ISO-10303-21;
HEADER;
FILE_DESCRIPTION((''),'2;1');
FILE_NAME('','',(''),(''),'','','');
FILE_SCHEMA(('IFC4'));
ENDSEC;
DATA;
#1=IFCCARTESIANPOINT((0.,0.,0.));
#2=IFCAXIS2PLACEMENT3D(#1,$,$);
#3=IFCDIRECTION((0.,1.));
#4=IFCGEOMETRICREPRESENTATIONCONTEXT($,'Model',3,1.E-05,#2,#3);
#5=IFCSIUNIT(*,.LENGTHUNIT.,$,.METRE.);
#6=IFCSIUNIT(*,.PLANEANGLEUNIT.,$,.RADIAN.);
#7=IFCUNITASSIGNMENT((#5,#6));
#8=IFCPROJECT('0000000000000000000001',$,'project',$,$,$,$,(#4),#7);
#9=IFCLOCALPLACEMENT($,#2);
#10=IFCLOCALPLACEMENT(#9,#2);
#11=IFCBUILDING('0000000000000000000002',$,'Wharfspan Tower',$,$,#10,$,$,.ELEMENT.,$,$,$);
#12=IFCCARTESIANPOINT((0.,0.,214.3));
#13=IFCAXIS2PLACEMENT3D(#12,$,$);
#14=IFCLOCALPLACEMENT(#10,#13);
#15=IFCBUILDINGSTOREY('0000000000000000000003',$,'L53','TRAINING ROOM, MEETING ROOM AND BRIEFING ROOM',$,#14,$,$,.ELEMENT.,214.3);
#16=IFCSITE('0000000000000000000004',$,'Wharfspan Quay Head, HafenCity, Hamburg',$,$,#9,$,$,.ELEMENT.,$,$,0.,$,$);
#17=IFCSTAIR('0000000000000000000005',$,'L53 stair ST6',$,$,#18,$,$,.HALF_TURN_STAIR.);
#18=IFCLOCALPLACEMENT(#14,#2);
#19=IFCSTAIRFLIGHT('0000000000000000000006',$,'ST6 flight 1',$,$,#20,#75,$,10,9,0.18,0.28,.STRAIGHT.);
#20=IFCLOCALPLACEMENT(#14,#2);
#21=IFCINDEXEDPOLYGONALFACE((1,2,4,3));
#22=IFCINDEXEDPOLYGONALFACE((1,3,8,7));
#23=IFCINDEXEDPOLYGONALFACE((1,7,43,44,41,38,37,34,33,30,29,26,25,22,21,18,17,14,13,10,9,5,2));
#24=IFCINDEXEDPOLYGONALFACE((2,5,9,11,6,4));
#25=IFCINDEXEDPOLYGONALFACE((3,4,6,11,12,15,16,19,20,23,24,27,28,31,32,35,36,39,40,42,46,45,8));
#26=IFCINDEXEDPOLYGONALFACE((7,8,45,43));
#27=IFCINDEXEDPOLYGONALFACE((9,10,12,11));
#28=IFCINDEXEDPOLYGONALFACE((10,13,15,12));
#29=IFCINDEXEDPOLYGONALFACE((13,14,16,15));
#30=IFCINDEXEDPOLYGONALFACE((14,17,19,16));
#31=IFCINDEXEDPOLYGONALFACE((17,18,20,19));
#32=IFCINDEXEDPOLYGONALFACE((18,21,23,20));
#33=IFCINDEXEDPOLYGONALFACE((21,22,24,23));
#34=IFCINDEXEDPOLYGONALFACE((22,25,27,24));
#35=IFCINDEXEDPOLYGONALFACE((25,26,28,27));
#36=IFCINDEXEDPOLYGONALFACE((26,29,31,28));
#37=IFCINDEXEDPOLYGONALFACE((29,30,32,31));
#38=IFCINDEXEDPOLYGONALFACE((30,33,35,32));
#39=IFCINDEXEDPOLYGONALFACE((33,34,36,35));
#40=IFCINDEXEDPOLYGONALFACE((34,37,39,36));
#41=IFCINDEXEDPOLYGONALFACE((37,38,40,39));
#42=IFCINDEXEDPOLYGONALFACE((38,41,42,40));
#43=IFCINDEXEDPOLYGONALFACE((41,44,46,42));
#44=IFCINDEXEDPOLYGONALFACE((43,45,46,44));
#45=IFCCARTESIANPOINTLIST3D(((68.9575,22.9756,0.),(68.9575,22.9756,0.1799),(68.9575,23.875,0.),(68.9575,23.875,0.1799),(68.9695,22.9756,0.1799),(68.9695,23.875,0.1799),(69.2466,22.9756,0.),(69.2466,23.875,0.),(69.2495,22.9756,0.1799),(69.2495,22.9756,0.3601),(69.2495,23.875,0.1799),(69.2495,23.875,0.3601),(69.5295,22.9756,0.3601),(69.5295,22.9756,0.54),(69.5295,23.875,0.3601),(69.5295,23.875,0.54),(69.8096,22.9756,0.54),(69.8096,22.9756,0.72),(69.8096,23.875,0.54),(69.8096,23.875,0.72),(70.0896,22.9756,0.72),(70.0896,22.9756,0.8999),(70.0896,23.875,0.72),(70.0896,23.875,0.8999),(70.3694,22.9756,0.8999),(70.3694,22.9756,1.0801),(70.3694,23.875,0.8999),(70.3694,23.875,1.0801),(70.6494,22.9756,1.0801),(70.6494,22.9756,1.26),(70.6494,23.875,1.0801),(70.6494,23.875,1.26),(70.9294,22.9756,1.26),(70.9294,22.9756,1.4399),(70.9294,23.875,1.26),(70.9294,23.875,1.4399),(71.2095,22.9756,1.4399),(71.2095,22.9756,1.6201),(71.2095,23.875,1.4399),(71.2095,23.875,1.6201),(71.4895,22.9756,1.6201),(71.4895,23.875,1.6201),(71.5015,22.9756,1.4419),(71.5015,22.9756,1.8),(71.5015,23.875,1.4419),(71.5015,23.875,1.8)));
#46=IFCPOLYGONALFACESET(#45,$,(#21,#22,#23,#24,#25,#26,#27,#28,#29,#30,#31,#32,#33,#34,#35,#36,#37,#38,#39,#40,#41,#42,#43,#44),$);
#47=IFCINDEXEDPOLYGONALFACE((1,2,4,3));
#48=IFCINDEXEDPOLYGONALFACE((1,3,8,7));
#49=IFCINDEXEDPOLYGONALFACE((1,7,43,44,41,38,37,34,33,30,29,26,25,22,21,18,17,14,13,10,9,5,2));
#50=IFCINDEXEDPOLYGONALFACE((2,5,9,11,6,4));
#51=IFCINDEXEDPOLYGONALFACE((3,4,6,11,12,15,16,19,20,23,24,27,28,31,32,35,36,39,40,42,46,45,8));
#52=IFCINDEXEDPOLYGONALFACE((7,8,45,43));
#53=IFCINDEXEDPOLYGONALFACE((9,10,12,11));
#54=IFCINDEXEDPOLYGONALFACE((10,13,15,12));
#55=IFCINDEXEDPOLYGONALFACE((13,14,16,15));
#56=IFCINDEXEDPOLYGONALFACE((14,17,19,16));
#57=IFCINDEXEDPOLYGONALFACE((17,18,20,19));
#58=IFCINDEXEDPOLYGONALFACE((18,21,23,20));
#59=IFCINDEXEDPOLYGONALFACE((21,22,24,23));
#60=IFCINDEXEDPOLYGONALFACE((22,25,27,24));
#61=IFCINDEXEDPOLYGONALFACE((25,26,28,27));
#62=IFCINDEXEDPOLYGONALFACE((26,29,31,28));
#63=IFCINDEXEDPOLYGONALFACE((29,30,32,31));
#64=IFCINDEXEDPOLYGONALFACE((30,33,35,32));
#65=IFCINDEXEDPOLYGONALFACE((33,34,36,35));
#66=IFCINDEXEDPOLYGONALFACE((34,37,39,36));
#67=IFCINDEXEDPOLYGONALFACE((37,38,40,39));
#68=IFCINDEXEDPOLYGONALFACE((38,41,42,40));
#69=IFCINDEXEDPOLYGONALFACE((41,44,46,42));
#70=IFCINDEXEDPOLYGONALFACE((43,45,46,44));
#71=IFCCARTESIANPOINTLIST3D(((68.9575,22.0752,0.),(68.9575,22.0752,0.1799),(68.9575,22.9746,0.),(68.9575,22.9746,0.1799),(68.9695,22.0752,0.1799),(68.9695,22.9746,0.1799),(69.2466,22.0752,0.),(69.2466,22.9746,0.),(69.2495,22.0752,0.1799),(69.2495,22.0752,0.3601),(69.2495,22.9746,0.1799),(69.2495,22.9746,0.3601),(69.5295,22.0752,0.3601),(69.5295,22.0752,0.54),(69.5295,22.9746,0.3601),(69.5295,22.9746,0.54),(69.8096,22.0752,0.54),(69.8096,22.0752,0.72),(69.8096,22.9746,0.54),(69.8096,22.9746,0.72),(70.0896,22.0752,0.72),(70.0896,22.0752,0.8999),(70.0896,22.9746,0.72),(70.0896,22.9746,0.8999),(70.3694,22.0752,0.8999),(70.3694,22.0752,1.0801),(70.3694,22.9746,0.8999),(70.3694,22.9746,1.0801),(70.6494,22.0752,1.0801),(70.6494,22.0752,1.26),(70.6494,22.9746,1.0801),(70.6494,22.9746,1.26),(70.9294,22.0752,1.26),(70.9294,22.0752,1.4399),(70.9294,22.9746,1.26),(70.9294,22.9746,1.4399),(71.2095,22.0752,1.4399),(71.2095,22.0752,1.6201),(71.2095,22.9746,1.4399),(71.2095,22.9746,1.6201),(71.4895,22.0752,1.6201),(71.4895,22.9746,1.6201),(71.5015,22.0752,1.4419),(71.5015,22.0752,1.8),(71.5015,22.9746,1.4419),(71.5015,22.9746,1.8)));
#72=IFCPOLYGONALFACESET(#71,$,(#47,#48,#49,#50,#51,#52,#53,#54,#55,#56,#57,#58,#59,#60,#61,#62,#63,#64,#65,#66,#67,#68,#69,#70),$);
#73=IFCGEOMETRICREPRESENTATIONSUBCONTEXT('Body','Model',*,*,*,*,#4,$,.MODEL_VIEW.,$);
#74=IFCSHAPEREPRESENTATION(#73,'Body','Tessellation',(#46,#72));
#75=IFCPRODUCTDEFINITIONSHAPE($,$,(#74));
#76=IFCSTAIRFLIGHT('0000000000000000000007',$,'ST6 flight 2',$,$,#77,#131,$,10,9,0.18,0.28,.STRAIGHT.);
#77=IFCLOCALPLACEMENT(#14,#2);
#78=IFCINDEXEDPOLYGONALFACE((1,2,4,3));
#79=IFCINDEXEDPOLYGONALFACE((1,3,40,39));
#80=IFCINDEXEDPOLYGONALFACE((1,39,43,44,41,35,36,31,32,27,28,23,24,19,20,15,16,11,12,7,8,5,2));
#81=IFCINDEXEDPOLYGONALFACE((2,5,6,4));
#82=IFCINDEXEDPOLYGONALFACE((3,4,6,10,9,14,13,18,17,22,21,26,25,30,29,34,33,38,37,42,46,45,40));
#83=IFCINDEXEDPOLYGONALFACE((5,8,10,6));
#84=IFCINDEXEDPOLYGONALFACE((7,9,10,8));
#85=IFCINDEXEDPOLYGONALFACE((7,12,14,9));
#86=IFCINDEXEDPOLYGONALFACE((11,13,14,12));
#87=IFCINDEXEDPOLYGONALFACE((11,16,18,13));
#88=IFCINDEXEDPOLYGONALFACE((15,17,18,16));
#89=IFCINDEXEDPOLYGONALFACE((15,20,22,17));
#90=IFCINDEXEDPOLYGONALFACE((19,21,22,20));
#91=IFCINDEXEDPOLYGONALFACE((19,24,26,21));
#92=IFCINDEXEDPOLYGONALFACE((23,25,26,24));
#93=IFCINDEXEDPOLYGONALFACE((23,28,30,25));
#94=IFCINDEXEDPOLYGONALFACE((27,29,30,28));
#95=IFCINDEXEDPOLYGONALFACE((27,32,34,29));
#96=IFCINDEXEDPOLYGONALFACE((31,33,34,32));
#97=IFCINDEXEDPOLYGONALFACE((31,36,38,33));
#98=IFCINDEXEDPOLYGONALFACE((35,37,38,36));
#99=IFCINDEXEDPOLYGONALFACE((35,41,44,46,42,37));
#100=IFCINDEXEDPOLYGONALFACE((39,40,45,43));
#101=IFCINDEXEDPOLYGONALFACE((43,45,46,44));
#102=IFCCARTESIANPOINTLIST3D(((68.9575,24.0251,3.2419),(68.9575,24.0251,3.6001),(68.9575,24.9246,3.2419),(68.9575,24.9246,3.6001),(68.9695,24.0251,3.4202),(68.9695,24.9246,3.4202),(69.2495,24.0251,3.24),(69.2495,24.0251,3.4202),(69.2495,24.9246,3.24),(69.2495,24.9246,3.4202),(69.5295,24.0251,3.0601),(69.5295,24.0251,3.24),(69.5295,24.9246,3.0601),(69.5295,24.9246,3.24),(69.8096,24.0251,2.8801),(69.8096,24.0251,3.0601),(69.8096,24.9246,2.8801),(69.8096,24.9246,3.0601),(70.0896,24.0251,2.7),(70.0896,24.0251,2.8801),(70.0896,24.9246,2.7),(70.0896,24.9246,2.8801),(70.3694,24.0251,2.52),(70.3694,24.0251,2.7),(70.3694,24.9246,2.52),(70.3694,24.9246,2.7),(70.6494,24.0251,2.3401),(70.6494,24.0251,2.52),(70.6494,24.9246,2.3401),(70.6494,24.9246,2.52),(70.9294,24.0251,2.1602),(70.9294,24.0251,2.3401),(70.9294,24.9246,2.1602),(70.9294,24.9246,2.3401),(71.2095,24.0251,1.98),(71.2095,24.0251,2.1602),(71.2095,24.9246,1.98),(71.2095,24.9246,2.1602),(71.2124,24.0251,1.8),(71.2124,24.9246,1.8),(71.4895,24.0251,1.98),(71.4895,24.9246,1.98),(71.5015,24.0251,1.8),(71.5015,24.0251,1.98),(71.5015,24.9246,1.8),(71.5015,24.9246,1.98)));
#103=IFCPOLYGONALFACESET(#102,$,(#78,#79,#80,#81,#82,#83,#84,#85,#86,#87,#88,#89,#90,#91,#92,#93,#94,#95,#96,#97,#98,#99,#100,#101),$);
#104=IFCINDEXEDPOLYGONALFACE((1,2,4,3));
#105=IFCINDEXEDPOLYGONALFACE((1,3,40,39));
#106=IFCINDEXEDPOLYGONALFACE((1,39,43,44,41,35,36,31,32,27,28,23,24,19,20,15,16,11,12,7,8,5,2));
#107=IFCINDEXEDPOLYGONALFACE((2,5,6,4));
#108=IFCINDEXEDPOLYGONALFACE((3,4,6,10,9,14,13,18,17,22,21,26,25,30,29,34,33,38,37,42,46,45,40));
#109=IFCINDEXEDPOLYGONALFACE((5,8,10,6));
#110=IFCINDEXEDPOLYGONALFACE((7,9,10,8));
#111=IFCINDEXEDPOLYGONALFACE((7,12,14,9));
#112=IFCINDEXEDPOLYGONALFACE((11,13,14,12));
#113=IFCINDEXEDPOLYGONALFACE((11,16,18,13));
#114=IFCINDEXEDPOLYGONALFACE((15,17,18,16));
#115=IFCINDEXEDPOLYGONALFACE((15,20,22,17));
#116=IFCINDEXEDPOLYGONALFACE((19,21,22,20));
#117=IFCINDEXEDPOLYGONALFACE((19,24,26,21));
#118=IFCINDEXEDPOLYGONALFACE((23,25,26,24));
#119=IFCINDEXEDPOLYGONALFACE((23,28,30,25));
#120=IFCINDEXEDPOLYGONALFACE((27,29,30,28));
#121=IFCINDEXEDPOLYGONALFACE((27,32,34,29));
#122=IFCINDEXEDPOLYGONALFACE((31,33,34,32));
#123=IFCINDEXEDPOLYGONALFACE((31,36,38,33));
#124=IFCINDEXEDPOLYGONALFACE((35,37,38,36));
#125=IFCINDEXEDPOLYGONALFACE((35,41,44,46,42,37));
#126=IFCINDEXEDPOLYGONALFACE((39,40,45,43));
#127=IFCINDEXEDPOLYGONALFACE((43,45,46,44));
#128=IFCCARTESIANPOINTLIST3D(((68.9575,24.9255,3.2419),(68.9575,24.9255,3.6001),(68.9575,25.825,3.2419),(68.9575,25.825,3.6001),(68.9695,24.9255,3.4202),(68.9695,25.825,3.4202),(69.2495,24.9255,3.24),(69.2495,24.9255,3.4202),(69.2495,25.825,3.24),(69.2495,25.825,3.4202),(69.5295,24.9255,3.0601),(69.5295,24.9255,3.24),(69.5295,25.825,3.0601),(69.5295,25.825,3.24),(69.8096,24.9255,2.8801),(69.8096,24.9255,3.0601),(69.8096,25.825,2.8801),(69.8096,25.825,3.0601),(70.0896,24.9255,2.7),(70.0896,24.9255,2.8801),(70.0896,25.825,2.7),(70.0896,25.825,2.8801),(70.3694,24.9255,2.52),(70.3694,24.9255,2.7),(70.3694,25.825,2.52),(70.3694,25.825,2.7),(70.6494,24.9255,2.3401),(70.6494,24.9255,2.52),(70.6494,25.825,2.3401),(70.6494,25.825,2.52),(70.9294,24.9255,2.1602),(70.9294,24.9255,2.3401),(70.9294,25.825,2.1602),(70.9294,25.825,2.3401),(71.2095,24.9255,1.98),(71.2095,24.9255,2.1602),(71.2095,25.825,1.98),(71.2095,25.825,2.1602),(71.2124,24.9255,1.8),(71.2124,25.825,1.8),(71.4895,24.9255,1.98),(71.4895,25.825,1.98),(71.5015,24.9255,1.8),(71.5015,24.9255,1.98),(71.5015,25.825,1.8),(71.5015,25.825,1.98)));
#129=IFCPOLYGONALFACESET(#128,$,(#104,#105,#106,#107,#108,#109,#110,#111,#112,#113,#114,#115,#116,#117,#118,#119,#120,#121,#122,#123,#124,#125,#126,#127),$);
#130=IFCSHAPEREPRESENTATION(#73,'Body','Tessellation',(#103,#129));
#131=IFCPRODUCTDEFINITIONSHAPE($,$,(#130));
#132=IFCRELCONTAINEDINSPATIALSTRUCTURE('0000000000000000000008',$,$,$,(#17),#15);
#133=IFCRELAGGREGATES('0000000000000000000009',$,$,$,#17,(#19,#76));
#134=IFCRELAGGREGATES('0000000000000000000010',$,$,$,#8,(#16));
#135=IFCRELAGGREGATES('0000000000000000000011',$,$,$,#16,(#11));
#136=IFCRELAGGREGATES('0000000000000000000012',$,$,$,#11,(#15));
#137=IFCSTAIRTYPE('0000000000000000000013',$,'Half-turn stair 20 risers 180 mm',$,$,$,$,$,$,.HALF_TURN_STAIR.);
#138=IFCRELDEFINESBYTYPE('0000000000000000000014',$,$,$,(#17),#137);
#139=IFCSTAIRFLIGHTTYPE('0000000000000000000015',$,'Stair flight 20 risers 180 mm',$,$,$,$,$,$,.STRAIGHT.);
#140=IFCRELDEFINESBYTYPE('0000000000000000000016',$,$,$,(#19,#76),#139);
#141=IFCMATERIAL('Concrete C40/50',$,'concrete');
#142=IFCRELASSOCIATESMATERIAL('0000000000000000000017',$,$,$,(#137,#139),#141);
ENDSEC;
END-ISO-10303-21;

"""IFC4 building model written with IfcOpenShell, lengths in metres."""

from ifc_helpers import new_model, si_unit, direction, frame, origin, place, context, subcontext, project, spatial, polyline, outline, extrude, material, type_object, element, aggregate, save


model = new_model("IFC4")

# Units and contexts
model_context = context("Model", 3, precision=1e-05, world=origin(), true_north=direction((0.0, 1.0)))
body_context = subcontext(model_context, "Body", "Model", "MODEL_VIEW")
ifc_project = project(units=[si_unit("LENGTHUNIT", "METRE"), si_unit("PLANEANGLEUNIT", "RADIAN")], contexts=[model_context])

# Site, building, storey
site_placement = place(None, origin())
site = spatial("IfcSite", under=ifc_project, at=site_placement, Name="Wharfspan Quay Head, HafenCity, Hamburg", CompositionType="ELEMENT", RefElevation=0.0)
building_placement = place(site_placement, origin())
building = spatial("IfcBuilding", under=site, at=building_placement, Name="Wharfspan Tower", CompositionType="ELEMENT")
storey_placement = place(building_placement, frame((0.0, 0.0, 214.3)))
storey = spatial("IfcBuildingStorey", under=building, at=storey_placement, Name="L53", Description="TRAINING ROOM, MEETING ROOM AND BRIEFING ROOM", CompositionType="ELEMENT", Elevation=214.3)

# Shared definitions
ifc_material_1 = material(Name="Concrete C40/50", Category="concrete")

# Stair, stair flights
stair_type = type_object("IfcStairType", Name="Half-turn stair 20 risers 180 mm", PredefinedType="HALF_TURN_STAIR", material=ifc_material_1)
stair_placement = place(storey_placement, origin())
stair = element("IfcStair", 1, at=stair_placement, inside=storey, type_object=stair_type, Name="L53 stair ST6", PredefinedType="HALF_TURN_STAIR")
stair_flight_type = type_object("IfcStairFlightType", Name="Stair flight 20 risers 180 mm", PredefinedType="STRAIGHT", material=ifc_material_1)
stair_flight_1_placement = place(storey_placement, frame((68.9695, 22.9751, 0.0), z_axis=(0.0, 0.0, 1.0), x_axis=(1.0, 0.0, 0.0)))
stair_flight_1 = element("IfcStairFlight", 2, at=stair_flight_1_placement, type_object=stair_flight_type, Name="ST6 flight 1", NumberOfRisers=10, NumberOfTreads=9, PredefinedType="STRAIGHT", RiserHeight=0.18, TreadLength=0.28, context=body_context, shape_type="SweptSolid", body=[
    extrude(outline(polyline([(-0.012, 0.0), (-0.012, 0.1799), (0.0, 0.1799), (0.28, 0.1799), (0.28, 0.3601), (0.5601, 0.3601), (0.5601, 0.54), (0.8401, 0.54), (0.8401, 0.72), (1.1201, 0.72), (1.1201, 0.8999), (1.3999, 0.8999), (1.3999, 1.0801), (1.6799, 1.0801), (1.6799, 1.26), (1.96, 1.26), (1.96, 1.4399), (2.24, 1.4399), (2.24, 1.6201), (2.52, 1.6201), (2.532, 1.8), (2.532, 1.4419), (0.2771, 0.0), (-0.012, 0.0)])), frame((0.0, 0.8999, 0.0), z_axis=(0.0, -1.0, 0.0), x_axis=(1.0, 0.0, 0.0)), (0.0, 0.0, 1.0), 0.8994),
    extrude(outline(polyline([(-0.012, 0.0), (-0.012, 0.1799), (0.0, 0.1799), (0.28, 0.1799), (0.28, 0.3601), (0.5601, 0.3601), (0.5601, 0.54), (0.8401, 0.54), (0.8401, 0.72), (1.1201, 0.72), (1.1201, 0.8999), (1.3999, 0.8999), (1.3999, 1.0801), (1.6799, 1.0801), (1.6799, 1.26), (1.96, 1.26), (1.96, 1.4399), (2.24, 1.4399), (2.24, 1.6201), (2.52, 1.6201), (2.532, 1.8), (2.532, 1.4419), (0.2771, 0.0), (-0.012, 0.0)])), frame((0.0, -0.0005, 0.0), z_axis=(0.0, -1.0, 0.0), x_axis=(1.0, 0.0, 0.0)), (0.0, 0.0, 1.0), 0.8994),
])
stair_flight_2_placement = place(storey_placement, frame((71.4895, 24.925, 1.8), z_axis=(0.0, 0.0, 1.0), x_axis=(-1.0, 0.0, 0.0)))
stair_flight_2 = element("IfcStairFlight", 3, at=stair_flight_2_placement, type_object=stair_flight_type, Name="ST6 flight 2", NumberOfRisers=10, NumberOfTreads=9, PredefinedType="STRAIGHT", RiserHeight=0.18, TreadLength=0.28, context=body_context, shape_type="SweptSolid", body=[
    extrude(outline(polyline([(-0.012, 0.0), (-0.012, 0.1799), (0.0, 0.1799), (0.28, 0.1799), (0.28, 0.3601), (0.5601, 0.3601), (0.5601, 0.54), (0.8401, 0.54), (0.8401, 0.72), (1.1201, 0.72), (1.1201, 0.8999), (1.3999, 0.8999), (1.3999, 1.0801), (1.6799, 1.0801), (1.6799, 1.26), (1.96, 1.26), (1.96, 1.4399), (2.24, 1.4399), (2.24, 1.6201), (2.52, 1.6201), (2.532, 1.8), (2.532, 1.4419), (0.2771, 0.0), (-0.012, 0.0)])), frame((0.0, 0.8999, 0.0), z_axis=(0.0, -1.0, 0.0), x_axis=(1.0, 0.0, 0.0)), (0.0, 0.0, 1.0), 0.8994),
    extrude(outline(polyline([(-0.012, 0.0), (-0.012, 0.1799), (0.0, 0.1799), (0.28, 0.1799), (0.28, 0.3601), (0.5601, 0.3601), (0.5601, 0.54), (0.8401, 0.54), (0.8401, 0.72), (1.1201, 0.72), (1.1201, 0.8999), (1.3999, 0.8999), (1.3999, 1.0801), (1.6799, 1.0801), (1.6799, 1.26), (1.96, 1.26), (1.96, 1.4399), (2.24, 1.4399), (2.24, 1.6201), (2.52, 1.6201), (2.532, 1.8), (2.532, 1.4419), (0.2771, 0.0), (-0.012, 0.0)])), frame((0.0, -0.0005, 0.0), z_axis=(0.0, -1.0, 0.0), x_axis=(1.0, 0.0, 0.0)), (0.0, 0.0, 1.0), 0.8994),
])
aggregate(stair, [stair_flight_1, stair_flight_2])

save(model, "model.ifc")
